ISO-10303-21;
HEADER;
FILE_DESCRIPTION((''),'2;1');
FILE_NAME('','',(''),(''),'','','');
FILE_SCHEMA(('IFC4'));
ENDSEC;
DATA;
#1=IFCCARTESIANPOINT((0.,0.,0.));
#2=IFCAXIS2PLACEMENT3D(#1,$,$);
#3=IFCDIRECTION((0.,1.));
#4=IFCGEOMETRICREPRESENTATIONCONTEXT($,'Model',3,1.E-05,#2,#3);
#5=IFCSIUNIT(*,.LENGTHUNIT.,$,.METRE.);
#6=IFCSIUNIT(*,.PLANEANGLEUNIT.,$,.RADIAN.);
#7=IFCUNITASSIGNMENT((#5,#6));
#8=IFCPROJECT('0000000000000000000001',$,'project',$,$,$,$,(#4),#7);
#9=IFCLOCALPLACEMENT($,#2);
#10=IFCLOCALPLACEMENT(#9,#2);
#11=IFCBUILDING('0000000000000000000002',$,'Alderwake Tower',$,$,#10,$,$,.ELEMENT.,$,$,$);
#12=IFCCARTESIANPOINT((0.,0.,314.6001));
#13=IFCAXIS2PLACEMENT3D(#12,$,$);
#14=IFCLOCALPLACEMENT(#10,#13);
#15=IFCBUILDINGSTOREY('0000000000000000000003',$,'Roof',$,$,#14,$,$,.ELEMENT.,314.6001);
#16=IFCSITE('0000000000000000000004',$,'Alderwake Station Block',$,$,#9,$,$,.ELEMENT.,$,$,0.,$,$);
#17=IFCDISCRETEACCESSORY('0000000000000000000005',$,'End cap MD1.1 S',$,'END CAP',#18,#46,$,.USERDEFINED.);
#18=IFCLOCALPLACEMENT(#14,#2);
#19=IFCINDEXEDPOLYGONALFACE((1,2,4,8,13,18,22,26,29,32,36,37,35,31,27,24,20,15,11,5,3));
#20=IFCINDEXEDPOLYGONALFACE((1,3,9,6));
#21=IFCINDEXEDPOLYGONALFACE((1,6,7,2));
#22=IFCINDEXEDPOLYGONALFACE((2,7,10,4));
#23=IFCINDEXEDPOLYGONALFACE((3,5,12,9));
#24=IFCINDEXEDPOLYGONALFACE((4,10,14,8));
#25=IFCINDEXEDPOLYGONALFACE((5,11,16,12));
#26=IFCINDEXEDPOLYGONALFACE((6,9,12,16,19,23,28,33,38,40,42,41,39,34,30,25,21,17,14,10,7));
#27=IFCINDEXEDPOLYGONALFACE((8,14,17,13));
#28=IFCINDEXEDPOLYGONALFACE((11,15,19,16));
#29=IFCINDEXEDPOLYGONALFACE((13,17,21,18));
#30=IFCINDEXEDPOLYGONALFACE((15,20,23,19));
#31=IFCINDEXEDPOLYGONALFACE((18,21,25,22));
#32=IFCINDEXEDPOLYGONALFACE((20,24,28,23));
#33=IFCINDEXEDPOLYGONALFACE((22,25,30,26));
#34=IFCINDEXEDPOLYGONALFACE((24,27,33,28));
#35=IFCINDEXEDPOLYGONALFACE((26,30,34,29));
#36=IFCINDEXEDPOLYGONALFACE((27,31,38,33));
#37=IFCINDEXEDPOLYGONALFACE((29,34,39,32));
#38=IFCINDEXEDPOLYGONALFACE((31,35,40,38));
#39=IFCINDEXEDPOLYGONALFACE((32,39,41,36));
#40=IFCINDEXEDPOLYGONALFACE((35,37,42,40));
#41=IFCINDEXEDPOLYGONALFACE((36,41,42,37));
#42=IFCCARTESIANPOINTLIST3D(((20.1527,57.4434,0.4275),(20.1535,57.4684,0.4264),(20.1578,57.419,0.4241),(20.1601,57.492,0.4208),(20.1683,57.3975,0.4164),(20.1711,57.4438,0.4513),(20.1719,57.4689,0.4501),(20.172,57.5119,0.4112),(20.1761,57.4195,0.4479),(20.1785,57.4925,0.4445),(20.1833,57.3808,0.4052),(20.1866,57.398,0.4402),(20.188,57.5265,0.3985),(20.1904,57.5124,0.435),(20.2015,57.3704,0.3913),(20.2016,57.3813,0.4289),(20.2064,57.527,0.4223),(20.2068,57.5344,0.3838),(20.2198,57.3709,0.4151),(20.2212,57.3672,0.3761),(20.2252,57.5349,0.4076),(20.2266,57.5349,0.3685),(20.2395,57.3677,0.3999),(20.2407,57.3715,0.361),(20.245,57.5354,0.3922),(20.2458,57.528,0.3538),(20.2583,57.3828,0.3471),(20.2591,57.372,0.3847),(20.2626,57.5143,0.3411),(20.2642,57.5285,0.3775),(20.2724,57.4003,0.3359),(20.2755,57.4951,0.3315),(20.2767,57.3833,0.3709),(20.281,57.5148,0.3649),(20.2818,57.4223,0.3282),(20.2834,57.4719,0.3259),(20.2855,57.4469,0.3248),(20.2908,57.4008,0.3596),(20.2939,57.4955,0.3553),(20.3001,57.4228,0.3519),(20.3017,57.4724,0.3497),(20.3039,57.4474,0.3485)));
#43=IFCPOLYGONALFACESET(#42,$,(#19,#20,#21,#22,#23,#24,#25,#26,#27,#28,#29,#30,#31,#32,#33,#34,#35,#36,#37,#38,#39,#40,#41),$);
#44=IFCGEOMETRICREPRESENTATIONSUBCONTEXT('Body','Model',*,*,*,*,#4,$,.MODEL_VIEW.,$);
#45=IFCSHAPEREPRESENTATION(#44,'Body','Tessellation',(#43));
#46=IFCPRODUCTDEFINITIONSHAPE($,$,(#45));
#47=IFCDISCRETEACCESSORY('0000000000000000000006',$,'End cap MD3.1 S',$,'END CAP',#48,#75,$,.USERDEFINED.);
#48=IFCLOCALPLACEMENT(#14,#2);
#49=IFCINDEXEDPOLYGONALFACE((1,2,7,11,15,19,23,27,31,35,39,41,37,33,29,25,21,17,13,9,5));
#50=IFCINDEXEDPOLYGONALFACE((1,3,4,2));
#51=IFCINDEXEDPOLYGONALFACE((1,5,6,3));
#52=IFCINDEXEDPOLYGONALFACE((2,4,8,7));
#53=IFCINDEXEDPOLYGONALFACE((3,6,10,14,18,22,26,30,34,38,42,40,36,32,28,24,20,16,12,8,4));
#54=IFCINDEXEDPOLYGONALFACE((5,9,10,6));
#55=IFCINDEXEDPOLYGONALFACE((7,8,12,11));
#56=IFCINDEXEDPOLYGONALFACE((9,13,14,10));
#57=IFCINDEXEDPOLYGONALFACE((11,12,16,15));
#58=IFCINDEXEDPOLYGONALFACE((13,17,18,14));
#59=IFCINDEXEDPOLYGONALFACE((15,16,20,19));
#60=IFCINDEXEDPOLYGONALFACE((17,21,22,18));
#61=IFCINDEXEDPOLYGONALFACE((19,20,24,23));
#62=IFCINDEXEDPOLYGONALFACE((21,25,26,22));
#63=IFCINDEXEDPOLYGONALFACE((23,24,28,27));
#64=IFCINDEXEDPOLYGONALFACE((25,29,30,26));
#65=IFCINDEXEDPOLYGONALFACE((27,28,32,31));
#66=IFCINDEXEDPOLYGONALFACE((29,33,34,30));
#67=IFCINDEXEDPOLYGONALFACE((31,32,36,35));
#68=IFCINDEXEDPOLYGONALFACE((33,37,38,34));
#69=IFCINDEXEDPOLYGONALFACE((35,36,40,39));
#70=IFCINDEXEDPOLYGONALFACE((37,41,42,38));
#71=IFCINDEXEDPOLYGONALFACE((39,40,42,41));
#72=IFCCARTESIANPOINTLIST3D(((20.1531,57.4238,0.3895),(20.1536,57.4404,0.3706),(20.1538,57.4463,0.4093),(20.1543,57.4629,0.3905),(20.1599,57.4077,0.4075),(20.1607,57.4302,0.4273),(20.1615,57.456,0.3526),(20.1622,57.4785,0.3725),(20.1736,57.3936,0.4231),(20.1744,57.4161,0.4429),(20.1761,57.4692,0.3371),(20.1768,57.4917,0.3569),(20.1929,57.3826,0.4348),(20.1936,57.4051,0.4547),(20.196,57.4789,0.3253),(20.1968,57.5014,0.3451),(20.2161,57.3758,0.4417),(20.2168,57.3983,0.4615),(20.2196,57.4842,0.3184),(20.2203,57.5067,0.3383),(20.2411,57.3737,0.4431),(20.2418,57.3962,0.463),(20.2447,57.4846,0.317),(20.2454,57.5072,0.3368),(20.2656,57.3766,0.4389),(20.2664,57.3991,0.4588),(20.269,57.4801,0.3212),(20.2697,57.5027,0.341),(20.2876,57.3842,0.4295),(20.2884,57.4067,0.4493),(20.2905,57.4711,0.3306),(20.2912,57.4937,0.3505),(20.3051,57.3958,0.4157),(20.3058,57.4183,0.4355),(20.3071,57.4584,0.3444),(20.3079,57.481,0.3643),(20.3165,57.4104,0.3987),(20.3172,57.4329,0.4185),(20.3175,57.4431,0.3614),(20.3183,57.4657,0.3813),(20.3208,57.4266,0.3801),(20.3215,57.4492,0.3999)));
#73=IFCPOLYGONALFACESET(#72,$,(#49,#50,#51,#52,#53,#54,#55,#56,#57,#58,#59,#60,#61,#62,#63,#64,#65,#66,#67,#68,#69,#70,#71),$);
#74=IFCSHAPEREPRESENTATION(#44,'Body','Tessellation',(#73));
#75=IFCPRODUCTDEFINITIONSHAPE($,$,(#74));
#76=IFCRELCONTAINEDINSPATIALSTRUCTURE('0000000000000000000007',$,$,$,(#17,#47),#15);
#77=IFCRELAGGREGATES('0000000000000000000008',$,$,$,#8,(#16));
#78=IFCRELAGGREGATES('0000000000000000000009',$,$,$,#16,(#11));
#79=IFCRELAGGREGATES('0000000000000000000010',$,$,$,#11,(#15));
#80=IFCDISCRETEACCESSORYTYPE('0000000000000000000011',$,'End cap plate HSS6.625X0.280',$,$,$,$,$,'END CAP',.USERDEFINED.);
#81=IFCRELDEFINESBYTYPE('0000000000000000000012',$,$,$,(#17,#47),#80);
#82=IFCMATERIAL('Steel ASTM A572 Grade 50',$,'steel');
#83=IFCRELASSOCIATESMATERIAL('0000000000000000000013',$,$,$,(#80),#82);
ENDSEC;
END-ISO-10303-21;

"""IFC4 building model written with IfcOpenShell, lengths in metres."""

from ifc_helpers import new_model, si_unit, direction, frame, origin, origin_2d, place, context, subcontext, project, spatial, circle, extrude, material, material_profile, profile_set, type_object, element, save


model = new_model("IFC4")

# Units and contexts
model_context = context("Model", 3, precision=1e-05, world=origin(), true_north=direction((0.0, 1.0)))
body_context = subcontext(model_context, "Body", "Model", "MODEL_VIEW")
ifc_project = project(units=[si_unit("LENGTHUNIT", "METRE"), si_unit("PLANEANGLEUNIT", "RADIAN")], contexts=[model_context])

# Site, building, storey
site_placement = place(None, origin())
site = spatial("IfcSite", under=ifc_project, at=site_placement, Name="Alderwake Station Block", CompositionType="ELEMENT", RefElevation=0.0)
building_placement = place(site_placement, origin())
building = spatial("IfcBuilding", under=site, at=building_placement, Name="Alderwake Tower", CompositionType="ELEMENT")
storey_placement = place(building_placement, frame((0.0, 0.0, 314.6001)))
storey = spatial("IfcBuildingStorey", under=building, at=storey_placement, Name="Roof", CompositionType="ELEMENT", Elevation=314.6001)

# Discrete accessories
ifc_material_1 = material(Name="Steel ASTM A572 Grade 50", Category="steel")
ifc_material_profile_1 = material_profile(ifc_material_1, circle(Radius=0.0842, at=origin_2d()), Name="HSS6.625X0.280 cap")
ifc_profile_set_1 = profile_set([ifc_material_profile_1], Name="Steel ASTM A572 Grade 50")
discrete_accessory_type_1 = type_object("IfcDiscreteAccessoryType", Name="End cap plate HSS6.625X0.280", ElementType="END CAP", PredefinedType="USERDEFINED", material=ifc_profile_set_1)
for number, where, z_axis, x_axis, name in (
    (1, (20.2373, 57.4519, 0.3999), (-0.611598, -0.016309, -0.791), (0.026657, -0.999645, 0.0), "End cap MD1.1 S"),
    (2, (20.2373, 57.4519, 0.3999), (-0.024467, -0.750327, -0.660614), (0.999469, -0.032591, 0.0), "End cap MD3.1 S"),
):
    element("IfcDiscreteAccessory", number, at=place(storey_placement, frame(where, z_axis=z_axis, x_axis=x_axis)), inside=storey, type_object=discrete_accessory_type_1, Name=name, ObjectType="END CAP", PredefinedType="USERDEFINED", context=body_context, shape_type="SweptSolid", body=[
        extrude(circle(Radius=0.0842, at=origin_2d()), origin(), (0.0, 0.0, 1.0), 0.03),
    ])

save(model, "model.ifc")
